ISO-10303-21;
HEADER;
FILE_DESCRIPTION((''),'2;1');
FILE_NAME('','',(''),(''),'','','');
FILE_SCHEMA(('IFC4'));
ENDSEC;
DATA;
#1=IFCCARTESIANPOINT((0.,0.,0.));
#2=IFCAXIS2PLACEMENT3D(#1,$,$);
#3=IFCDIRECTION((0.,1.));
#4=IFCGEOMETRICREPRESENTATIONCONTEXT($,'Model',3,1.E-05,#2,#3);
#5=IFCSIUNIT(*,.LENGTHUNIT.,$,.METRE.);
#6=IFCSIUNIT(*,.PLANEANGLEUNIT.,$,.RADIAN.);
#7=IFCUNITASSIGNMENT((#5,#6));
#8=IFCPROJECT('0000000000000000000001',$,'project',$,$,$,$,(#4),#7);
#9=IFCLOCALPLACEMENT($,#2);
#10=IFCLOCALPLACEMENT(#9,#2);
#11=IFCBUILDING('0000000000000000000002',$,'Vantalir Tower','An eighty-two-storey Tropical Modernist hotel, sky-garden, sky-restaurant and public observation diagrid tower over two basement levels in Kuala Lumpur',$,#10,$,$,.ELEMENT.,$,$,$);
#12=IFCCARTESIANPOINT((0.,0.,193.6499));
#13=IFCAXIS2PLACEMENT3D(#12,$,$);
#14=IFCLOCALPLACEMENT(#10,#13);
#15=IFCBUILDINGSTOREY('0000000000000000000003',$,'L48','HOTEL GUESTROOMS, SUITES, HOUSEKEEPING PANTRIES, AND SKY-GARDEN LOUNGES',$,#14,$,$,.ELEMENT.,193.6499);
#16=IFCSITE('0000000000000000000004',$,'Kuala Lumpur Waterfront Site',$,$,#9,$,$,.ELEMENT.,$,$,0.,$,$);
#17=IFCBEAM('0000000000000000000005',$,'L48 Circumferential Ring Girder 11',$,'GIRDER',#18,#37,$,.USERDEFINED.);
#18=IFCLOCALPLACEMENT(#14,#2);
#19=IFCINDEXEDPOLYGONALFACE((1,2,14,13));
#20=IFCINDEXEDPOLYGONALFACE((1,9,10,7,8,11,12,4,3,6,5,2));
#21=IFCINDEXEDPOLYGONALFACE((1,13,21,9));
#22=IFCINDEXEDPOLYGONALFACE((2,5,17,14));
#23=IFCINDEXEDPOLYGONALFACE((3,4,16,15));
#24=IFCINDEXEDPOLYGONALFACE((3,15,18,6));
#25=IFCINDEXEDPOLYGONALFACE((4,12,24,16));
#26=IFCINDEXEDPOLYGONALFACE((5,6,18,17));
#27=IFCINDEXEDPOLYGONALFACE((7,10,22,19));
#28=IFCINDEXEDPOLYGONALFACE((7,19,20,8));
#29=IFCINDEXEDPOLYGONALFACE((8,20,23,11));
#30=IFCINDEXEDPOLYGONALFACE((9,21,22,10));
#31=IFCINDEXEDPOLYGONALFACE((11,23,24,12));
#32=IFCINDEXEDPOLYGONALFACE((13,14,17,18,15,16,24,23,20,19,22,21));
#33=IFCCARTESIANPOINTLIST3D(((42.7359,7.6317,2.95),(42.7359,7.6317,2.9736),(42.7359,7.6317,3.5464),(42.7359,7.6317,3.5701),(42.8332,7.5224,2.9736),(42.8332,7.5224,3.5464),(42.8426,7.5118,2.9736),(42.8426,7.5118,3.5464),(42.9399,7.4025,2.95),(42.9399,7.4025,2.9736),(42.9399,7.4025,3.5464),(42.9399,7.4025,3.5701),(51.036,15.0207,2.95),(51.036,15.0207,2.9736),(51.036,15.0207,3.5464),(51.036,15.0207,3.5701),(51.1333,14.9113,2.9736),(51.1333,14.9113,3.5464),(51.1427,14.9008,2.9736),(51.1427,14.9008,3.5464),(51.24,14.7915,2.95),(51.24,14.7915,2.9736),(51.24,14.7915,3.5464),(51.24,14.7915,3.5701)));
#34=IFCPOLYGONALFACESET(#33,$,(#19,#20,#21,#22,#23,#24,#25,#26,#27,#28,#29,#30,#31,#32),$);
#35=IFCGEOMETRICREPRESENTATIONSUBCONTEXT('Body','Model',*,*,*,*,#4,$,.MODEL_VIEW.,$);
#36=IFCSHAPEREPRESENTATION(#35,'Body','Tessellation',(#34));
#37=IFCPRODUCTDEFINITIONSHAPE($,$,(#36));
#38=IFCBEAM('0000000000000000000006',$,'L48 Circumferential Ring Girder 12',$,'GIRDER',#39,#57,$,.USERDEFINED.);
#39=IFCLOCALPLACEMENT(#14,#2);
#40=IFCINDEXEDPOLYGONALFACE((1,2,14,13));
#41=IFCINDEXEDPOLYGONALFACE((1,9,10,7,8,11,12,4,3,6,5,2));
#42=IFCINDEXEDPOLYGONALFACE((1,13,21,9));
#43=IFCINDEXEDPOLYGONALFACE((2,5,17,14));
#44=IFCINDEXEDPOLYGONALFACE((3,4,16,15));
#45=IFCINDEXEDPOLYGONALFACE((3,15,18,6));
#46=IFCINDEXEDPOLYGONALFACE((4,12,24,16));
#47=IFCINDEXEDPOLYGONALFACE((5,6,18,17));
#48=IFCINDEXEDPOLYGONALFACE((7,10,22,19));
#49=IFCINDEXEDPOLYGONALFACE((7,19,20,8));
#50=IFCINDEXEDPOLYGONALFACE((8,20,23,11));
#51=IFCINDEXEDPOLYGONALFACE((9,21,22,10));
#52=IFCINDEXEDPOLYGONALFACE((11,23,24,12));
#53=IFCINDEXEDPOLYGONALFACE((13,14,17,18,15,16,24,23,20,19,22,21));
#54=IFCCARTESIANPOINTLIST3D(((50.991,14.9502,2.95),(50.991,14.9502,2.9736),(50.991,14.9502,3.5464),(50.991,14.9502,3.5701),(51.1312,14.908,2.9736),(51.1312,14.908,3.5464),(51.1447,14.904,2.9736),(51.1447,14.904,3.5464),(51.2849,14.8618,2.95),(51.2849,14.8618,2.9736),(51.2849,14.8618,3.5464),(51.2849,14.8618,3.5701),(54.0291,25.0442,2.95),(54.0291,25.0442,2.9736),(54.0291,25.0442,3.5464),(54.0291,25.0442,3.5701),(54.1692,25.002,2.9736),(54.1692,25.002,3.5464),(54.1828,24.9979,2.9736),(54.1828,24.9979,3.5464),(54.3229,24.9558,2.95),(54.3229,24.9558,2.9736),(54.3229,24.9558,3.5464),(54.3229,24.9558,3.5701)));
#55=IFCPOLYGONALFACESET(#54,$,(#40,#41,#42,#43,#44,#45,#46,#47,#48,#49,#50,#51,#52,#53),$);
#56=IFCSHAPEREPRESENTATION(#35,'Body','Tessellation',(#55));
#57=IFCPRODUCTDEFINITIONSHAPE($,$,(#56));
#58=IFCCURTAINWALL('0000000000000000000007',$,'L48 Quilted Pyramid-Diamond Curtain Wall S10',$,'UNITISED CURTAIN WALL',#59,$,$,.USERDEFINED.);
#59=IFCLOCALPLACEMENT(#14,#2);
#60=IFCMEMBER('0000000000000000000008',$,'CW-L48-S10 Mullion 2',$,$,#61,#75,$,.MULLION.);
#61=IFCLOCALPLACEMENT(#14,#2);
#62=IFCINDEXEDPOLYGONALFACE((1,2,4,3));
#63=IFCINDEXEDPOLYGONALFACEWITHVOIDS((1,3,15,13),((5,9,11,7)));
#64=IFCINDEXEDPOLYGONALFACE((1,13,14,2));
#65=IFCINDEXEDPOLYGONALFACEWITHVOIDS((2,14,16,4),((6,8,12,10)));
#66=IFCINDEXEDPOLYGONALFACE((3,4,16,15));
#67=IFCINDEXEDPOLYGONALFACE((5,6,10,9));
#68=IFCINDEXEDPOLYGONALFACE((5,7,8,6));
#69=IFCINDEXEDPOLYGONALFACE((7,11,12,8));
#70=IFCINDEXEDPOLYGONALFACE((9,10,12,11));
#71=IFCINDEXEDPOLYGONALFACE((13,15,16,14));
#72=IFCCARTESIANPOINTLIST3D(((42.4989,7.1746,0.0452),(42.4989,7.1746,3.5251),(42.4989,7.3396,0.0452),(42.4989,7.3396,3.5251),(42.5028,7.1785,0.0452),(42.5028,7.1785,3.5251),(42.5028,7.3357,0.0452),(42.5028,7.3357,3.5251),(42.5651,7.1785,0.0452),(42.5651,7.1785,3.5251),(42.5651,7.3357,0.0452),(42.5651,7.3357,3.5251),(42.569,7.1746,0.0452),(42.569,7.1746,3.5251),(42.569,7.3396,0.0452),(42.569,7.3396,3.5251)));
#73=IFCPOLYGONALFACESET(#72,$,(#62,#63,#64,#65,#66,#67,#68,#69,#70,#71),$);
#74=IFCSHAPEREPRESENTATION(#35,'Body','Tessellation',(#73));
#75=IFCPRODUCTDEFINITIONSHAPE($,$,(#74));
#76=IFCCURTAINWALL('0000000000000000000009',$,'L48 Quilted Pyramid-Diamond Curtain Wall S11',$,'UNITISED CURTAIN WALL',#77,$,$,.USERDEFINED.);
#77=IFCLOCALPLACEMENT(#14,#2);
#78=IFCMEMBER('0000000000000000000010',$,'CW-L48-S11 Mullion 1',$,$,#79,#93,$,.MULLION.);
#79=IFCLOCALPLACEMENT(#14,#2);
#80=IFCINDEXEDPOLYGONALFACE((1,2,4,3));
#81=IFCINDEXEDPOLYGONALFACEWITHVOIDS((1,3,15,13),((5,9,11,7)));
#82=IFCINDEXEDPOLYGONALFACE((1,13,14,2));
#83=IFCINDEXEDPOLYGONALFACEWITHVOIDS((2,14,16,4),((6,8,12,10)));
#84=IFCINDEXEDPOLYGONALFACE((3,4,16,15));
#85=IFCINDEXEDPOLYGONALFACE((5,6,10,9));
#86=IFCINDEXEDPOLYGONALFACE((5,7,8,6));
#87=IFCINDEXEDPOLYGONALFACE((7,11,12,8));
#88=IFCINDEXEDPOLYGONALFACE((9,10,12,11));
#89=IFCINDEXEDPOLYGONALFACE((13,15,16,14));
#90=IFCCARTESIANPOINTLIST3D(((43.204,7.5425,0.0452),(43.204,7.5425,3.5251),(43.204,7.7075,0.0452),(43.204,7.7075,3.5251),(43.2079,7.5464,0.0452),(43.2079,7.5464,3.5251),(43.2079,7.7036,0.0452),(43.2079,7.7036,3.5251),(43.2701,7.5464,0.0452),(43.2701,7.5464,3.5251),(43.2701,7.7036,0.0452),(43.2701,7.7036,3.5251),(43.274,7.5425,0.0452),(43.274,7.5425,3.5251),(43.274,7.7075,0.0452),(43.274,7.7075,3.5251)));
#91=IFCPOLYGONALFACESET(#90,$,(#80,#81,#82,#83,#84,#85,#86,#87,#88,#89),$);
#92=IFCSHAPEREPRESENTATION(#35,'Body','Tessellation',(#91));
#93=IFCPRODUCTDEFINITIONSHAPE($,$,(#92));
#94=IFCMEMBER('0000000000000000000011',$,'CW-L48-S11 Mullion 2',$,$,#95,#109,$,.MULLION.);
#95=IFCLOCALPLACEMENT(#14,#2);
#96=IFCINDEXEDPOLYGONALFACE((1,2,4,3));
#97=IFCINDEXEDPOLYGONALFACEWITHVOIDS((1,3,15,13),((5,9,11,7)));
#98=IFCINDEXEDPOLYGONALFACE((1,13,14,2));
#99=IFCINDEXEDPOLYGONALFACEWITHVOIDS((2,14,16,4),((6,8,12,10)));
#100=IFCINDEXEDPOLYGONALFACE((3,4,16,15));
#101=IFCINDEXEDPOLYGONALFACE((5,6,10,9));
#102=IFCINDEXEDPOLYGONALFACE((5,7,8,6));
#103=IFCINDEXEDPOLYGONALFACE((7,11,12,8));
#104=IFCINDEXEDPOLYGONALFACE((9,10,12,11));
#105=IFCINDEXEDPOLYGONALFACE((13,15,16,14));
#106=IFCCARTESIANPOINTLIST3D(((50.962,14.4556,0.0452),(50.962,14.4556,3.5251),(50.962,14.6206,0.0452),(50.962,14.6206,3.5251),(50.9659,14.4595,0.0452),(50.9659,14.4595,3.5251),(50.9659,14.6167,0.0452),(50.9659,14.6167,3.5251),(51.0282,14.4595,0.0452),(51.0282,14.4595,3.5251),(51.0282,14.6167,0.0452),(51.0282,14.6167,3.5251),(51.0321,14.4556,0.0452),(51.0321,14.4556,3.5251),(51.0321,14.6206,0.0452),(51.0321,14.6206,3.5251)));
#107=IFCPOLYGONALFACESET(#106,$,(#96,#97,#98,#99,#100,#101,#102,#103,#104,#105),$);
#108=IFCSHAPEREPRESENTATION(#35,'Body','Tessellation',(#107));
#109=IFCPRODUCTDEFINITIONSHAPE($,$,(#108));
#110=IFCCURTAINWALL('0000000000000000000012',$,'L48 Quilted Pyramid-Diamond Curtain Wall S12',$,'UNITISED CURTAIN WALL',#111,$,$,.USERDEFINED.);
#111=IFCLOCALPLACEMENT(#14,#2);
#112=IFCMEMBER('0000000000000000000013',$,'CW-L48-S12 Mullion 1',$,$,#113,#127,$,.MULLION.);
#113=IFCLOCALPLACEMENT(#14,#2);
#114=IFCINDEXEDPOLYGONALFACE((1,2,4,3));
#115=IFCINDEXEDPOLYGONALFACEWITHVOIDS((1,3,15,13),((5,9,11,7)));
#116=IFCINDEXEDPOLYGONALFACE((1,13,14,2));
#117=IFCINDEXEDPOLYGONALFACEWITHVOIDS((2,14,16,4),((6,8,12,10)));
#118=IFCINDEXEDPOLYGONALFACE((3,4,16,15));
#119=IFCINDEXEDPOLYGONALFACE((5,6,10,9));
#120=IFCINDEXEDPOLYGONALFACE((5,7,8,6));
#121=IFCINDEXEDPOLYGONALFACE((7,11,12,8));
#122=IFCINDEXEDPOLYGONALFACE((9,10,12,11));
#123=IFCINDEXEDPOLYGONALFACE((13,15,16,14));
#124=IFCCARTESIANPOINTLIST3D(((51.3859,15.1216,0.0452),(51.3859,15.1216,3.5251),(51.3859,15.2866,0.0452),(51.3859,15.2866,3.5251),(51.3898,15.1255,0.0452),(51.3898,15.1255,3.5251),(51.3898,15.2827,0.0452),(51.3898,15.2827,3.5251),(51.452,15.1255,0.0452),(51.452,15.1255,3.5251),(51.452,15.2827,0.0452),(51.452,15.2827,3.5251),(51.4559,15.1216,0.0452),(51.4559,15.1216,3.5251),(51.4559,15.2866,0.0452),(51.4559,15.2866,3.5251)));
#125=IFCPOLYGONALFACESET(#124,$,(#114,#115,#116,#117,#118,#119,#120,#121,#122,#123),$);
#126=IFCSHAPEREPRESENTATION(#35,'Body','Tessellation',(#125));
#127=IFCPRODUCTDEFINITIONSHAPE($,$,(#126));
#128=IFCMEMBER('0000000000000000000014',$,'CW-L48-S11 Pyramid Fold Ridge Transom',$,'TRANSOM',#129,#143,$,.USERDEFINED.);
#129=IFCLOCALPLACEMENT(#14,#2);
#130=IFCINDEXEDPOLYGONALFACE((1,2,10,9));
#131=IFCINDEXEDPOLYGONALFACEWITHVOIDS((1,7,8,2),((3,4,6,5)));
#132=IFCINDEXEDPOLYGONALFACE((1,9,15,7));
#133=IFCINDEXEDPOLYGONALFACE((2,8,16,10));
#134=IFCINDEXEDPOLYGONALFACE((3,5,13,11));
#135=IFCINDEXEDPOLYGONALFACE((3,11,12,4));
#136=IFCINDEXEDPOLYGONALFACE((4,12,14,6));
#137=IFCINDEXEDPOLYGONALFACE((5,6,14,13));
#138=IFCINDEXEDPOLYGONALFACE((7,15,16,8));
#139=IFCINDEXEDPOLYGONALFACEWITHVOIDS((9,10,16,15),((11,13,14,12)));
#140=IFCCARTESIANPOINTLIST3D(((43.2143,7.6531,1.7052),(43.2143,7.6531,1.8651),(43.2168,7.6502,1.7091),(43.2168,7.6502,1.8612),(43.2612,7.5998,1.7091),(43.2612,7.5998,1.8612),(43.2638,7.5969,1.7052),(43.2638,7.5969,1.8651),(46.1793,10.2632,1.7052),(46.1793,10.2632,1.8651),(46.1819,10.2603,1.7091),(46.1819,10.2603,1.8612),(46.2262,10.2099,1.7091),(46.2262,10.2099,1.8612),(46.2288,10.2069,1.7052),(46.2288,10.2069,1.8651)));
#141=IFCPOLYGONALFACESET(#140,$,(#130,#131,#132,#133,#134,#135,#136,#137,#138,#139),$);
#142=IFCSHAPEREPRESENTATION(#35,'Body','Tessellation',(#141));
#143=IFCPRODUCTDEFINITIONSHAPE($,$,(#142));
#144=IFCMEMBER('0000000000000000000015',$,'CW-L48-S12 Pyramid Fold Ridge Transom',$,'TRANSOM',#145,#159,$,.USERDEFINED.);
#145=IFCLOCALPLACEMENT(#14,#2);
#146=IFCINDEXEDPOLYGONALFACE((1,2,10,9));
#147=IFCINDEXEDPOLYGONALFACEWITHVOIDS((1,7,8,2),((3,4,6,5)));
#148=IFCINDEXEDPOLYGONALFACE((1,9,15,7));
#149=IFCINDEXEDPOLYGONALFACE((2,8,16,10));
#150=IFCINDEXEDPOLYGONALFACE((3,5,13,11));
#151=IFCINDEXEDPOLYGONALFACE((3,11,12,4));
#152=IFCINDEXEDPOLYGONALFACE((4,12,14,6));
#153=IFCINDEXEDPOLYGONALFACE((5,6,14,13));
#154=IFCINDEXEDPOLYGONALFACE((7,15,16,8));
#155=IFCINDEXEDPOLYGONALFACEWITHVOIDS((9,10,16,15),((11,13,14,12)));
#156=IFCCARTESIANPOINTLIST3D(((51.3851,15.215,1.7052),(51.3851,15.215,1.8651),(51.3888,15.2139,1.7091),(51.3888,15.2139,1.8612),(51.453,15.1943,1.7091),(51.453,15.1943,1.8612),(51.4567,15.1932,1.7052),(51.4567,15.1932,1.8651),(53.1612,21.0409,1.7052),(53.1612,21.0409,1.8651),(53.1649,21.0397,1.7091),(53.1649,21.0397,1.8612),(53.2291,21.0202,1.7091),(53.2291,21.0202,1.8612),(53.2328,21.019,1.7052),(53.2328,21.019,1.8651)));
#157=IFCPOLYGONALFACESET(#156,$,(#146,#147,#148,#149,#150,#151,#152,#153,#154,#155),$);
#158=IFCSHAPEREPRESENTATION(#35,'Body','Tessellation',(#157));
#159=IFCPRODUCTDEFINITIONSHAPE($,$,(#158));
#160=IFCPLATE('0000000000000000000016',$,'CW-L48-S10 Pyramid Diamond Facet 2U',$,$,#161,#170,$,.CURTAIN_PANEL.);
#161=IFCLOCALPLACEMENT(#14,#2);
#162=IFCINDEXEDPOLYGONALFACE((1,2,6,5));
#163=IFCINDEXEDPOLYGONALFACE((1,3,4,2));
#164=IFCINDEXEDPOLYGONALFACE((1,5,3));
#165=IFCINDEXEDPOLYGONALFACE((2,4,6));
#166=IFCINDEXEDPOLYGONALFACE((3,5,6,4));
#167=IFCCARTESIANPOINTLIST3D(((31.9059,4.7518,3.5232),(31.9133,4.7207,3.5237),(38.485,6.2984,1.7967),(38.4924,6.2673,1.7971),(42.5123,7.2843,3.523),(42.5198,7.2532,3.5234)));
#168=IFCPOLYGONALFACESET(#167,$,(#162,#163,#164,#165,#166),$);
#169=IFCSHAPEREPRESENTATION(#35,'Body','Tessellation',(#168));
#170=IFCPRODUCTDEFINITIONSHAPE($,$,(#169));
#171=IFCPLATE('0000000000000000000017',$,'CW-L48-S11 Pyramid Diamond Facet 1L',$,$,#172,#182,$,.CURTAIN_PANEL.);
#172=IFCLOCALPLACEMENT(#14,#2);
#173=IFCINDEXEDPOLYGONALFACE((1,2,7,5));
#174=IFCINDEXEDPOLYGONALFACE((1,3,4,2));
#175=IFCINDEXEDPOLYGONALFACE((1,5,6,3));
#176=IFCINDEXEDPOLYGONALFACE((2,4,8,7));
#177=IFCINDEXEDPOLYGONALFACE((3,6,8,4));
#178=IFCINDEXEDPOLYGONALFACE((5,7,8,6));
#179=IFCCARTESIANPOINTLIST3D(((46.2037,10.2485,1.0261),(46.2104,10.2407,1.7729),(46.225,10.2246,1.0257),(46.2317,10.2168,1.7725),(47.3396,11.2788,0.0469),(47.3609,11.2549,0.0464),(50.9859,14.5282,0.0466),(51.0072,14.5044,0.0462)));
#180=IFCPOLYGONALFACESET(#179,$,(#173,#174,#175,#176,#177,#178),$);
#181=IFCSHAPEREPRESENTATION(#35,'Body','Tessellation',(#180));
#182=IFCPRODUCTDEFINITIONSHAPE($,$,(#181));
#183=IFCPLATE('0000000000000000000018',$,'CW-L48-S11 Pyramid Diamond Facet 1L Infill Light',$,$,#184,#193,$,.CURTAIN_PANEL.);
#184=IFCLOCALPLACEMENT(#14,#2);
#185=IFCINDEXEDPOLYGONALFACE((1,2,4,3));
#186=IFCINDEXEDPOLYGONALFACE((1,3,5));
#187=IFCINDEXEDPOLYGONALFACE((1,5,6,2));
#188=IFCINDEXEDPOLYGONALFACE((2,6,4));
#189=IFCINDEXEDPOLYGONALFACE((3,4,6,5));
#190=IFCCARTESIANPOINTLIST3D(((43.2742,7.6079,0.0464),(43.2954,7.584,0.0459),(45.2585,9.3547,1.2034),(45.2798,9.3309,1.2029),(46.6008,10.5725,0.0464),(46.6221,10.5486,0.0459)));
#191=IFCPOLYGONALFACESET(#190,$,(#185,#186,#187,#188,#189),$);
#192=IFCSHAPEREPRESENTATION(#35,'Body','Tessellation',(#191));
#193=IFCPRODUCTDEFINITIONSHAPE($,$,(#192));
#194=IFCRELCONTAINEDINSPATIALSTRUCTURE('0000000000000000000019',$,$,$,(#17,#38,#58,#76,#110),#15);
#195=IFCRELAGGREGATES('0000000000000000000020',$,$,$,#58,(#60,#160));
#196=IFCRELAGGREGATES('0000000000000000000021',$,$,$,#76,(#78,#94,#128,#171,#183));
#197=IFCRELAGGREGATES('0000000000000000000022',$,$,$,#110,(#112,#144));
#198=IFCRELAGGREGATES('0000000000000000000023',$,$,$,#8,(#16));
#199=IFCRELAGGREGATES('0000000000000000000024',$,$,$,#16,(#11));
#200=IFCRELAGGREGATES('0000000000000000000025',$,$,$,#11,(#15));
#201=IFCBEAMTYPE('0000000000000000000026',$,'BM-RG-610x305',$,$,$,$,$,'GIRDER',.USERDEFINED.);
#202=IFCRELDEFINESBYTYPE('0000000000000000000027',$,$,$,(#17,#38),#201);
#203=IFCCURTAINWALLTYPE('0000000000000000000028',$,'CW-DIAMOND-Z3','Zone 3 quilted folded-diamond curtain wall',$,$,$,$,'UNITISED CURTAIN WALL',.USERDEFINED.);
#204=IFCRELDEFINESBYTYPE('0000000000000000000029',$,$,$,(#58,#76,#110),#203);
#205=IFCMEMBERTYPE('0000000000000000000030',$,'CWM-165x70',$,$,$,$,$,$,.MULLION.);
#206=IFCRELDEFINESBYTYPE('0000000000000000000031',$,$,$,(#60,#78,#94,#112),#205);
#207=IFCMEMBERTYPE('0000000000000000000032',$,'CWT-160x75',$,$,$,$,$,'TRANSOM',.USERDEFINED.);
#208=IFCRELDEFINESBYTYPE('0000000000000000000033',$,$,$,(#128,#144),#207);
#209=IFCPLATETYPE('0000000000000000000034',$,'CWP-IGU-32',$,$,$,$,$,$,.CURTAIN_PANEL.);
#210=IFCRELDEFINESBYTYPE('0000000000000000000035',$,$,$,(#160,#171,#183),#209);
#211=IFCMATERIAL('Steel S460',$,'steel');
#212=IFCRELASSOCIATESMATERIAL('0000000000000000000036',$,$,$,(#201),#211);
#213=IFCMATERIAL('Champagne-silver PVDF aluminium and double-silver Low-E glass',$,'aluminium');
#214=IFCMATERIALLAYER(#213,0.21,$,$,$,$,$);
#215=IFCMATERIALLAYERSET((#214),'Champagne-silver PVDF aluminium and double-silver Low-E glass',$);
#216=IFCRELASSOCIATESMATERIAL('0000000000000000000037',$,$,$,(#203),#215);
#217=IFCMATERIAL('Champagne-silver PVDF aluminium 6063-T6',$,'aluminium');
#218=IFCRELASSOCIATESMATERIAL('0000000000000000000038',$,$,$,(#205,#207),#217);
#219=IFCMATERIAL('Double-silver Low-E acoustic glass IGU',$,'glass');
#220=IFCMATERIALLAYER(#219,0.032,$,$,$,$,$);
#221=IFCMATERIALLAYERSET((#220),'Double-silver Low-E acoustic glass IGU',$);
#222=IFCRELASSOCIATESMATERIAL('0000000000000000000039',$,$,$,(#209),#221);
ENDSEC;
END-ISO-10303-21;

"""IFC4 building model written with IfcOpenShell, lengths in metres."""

from ifc_helpers import new_model, si_unit, direction, frame, origin, origin_2d, place, context, subcontext, project, spatial, polyline, hollow_rectangle, i_section, outline, extrude, material, layer, layer_set, material_profile, profile_set, type_object, element, aggregate, save


model = new_model("IFC4")

# Units and contexts
model_context = context("Model", 3, precision=1e-05, world=origin(), true_north=direction((0.0, 1.0)))
body_context = subcontext(model_context, "Body", "Model", "MODEL_VIEW")
ifc_project = project(units=[si_unit("LENGTHUNIT", "METRE"), si_unit("PLANEANGLEUNIT", "RADIAN")], contexts=[model_context])

# Site, building, storey
site_placement = place(None, origin())
site = spatial("IfcSite", under=ifc_project, at=site_placement, Name="Kuala Lumpur Waterfront Site", CompositionType="ELEMENT", RefElevation=0.0)
building_placement = place(site_placement, origin())
building = spatial("IfcBuilding", under=site, at=building_placement, Name="Vantalir Tower", Description="An eighty-two-storey Tropical Modernist hotel, sky-garden, sky-restaurant and public observation diagrid tower over two basement levels in Kuala Lumpur", CompositionType="ELEMENT")
storey_placement = place(building_placement, frame((0.0, 0.0, 193.6499)))
storey = spatial("IfcBuildingStorey", under=building, at=storey_placement, Name="L48", Description="HOTEL GUESTROOMS, SUITES, HOUSEKEEPING PANTRIES, AND SKY-GARDEN LOUNGES", CompositionType="ELEMENT", Elevation=193.6499)

# Shared definitions
ifc_material_1 = material(Name="Steel S460", Category="steel")

# Beams
ifc_material_profile_1 = material_profile(ifc_material_1, i_section(OverallWidth=0.3069, OverallDepth=0.6201, WebThickness=0.0142, FlangeThickness=0.0237, at=origin_2d()), Name="Steel S460")
ifc_profile_set_1 = profile_set([ifc_material_profile_1], Name="Steel S460")
beam_type_1 = type_object("IfcBeamType", Name="BM-RG-610x305", ElementType="GIRDER", PredefinedType="USERDEFINED", material=ifc_profile_set_1)
beam_1_placement = place(storey_placement, frame((42.8379, 7.5171, 3.26), z_axis=(0.746913, 0.664921, 0.0), x_axis=(-0.664921, 0.746913, 0.0)))
element("IfcBeam", 1, at=beam_1_placement, inside=storey, type_object=beam_type_1, Name="L48 Circumferential Ring Girder 11", ObjectType="GIRDER", PredefinedType="USERDEFINED", context=body_context, shape_type="SweptSolid", body=[
    extrude(i_section(OverallWidth=0.3069, OverallDepth=0.6201, WebThickness=0.0142, FlangeThickness=0.0237, at=origin_2d()), origin(), (0.0, 0.0, 1.0), 11.1125),
])
beam_2_placement = place(storey_placement, frame((51.1379, 14.906, 3.26), z_axis=(0.288208, 0.957568, 0.0), x_axis=(-0.957568, 0.288208, 0.0)))
element("IfcBeam", 2, at=beam_2_placement, inside=storey, type_object=beam_type_1, Name="L48 Circumferential Ring Girder 12", ObjectType="GIRDER", PredefinedType="USERDEFINED", context=body_context, shape_type="SweptSolid", body=[
    extrude(i_section(OverallWidth=0.3069, OverallDepth=0.6201, WebThickness=0.0142, FlangeThickness=0.0237, at=origin_2d()), origin(), (0.0, 0.0, 1.0), 10.5413),
])

# Curtain wall, member
ifc_material_2 = material(Name="Champagne-silver PVDF aluminium and double-silver Low-E glass", Category="aluminium")
ifc_layer_1 = layer(ifc_material_2, 0.21)
ifc_layer_set_1 = layer_set([ifc_layer_1], Name="Champagne-silver PVDF aluminium and double-silver Low-E glass")
curtain_wall_type = type_object("IfcCurtainWallType", Name="CW-DIAMOND-Z3", Description="Zone 3 quilted folded-diamond curtain wall", ElementType="UNITISED CURTAIN WALL", PredefinedType="USERDEFINED", material=ifc_layer_set_1)
curtain_wall_1_placement = place(storey_placement, origin())
curtain_wall_1 = element("IfcCurtainWall", 3, at=curtain_wall_1_placement, inside=storey, type_object=curtain_wall_type, Name="L48 Quilted Pyramid-Diamond Curtain Wall S10", ObjectType="UNITISED CURTAIN WALL", PredefinedType="USERDEFINED")
ifc_material_3 = material(Name="Champagne-silver PVDF aluminium 6063-T6", Category="aluminium")
ifc_material_profile_2 = material_profile(ifc_material_3, hollow_rectangle(XDim=0.0701, YDim=0.165, WallThickness=0.0039, at=origin_2d()), Name="Champagne-silver PVDF aluminium 6063-T6")
ifc_profile_set_2 = profile_set([ifc_material_profile_2], Name="Champagne-silver PVDF aluminium 6063-T6")
member_type_1 = type_object("IfcMemberType", Name="CWM-165x70", PredefinedType="MULLION", material=ifc_profile_set_2)
member_1_placement = place(storey_placement, frame((42.5339, 7.2571, 0.0452), z_axis=(0.0, 0.0, 1.0), x_axis=(1.0, 0.0, 0.0)))
member_1 = element("IfcMember", 4, at=member_1_placement, type_object=member_type_1, Name="CW-L48-S10 Mullion 2", PredefinedType="MULLION", context=body_context, shape_type="SweptSolid", body=[
    extrude(hollow_rectangle(XDim=0.0701, YDim=0.165, WallThickness=0.0039, at=origin_2d()), origin(), (0.0, 0.0, 1.0), 3.48),
])

# Curtain wall, members
curtain_wall_2_placement = place(storey_placement, origin())
curtain_wall_2 = element("IfcCurtainWall", 5, at=curtain_wall_2_placement, inside=storey, type_object=curtain_wall_type, Name="L48 Quilted Pyramid-Diamond Curtain Wall S11", ObjectType="UNITISED CURTAIN WALL", PredefinedType="USERDEFINED")
member_2_placement = place(storey_placement, frame((43.239, 7.625, 0.0452), z_axis=(0.0, 0.0, 1.0), x_axis=(1.0, 0.0, 0.0)))
member_2 = element("IfcMember", 6, at=member_2_placement, type_object=member_type_1, Name="CW-L48-S11 Mullion 1", PredefinedType="MULLION", context=body_context, shape_type="SweptSolid", body=[
    extrude(hollow_rectangle(XDim=0.0701, YDim=0.165, WallThickness=0.0039, at=origin_2d()), origin(), (0.0, 0.0, 1.0), 3.48),
])
member_3_placement = place(storey_placement, frame((50.9971, 14.5381, 0.0452), z_axis=(0.0, 0.0, 1.0), x_axis=(1.0, 0.0, 0.0)))
member_3 = element("IfcMember", 7, at=member_3_placement, type_object=member_type_1, Name="CW-L48-S11 Mullion 2", PredefinedType="MULLION", context=body_context, shape_type="SweptSolid", body=[
    extrude(hollow_rectangle(XDim=0.0701, YDim=0.165, WallThickness=0.0039, at=origin_2d()), origin(), (0.0, 0.0, 1.0), 3.48),
])

# Curtain wall, member
curtain_wall_3_placement = place(storey_placement, origin())
curtain_wall_3 = element("IfcCurtainWall", 8, at=curtain_wall_3_placement, inside=storey, type_object=curtain_wall_type, Name="L48 Quilted Pyramid-Diamond Curtain Wall S12", ObjectType="UNITISED CURTAIN WALL", PredefinedType="USERDEFINED")
member_4_placement = place(storey_placement, frame((51.4209, 15.2041, 0.0452), z_axis=(0.0, 0.0, 1.0), x_axis=(1.0, 0.0, 0.0)))
member_4 = element("IfcMember", 9, at=member_4_placement, type_object=member_type_1, Name="CW-L48-S12 Mullion 1", PredefinedType="MULLION", context=body_context, shape_type="SweptSolid", body=[
    extrude(hollow_rectangle(XDim=0.0701, YDim=0.165, WallThickness=0.0039, at=origin_2d()), origin(), (0.0, 0.0, 1.0), 3.48),
])

# Members
ifc_material_profile_3 = material_profile(ifc_material_3, hollow_rectangle(XDim=0.075, YDim=0.1599, WallThickness=0.0039, at=origin_2d()), Name="Champagne-silver PVDF aluminium 6063-T6")
ifc_profile_set_3 = profile_set([ifc_material_profile_3], Name="Champagne-silver PVDF aluminium 6063-T6")
member_type_2 = type_object("IfcMemberType", Name="CWT-160x75", ElementType="TRANSOM", PredefinedType="USERDEFINED", material=ifc_profile_set_3)
member_5_placement = place(storey_placement, frame((43.239, 7.625, 1.7852), z_axis=(0.750609, 0.660746, 0.0), x_axis=(-0.660746, 0.750609, 0.0)))
member_5 = element("IfcMember", 10, at=member_5_placement, type_object=member_type_2, Name="CW-L48-S11 Pyramid Fold Ridge Transom", ObjectType="TRANSOM", PredefinedType="USERDEFINED", context=body_context, shape_type="SweptSolid", body=[
    extrude(hollow_rectangle(XDim=0.075, YDim=0.1599, WallThickness=0.0039, at=origin_2d()), origin(), (0.0, 0.0, 1.0), 3.9502),
])
member_6_placement = place(storey_placement, frame((51.4209, 15.2041, 1.7852), z_axis=(0.291615, 0.956536, 0.0), x_axis=(-0.956536, 0.291615, 0.0)))
member_6 = element("IfcMember", 11, at=member_6_placement, type_object=member_type_2, Name="CW-L48-S12 Pyramid Fold Ridge Transom", ObjectType="TRANSOM", PredefinedType="USERDEFINED", context=body_context, shape_type="SweptSolid", body=[
    extrude(hollow_rectangle(XDim=0.075, YDim=0.1599, WallThickness=0.0039, at=origin_2d()), origin(), (0.0, 0.0, 1.0), 6.0906),
])

# Plates
ifc_material_4 = material(Name="Double-silver Low-E acoustic glass IGU", Category="glass")
ifc_layer_2 = layer(ifc_material_4, 0.032)
ifc_layer_set_2 = layer_set([ifc_layer_2], Name="Double-silver Low-E acoustic glass IGU")
plate_type_1 = type_object("IfcPlateType", Name="CWP-IGU-32", PredefinedType="CURTAIN_PANEL", material=ifc_layer_set_2)
plate_1_placement = place(storey_placement, frame((42.5198, 7.2532, 3.5234), z_axis=(0.232218, -0.972568, 0.013657), x_axis=(-0.972659, -0.232239, 0.000022)))
plate_1 = element("IfcPlate", 12, at=plate_1_placement, type_object=plate_type_1, Name="CW-L48-S10 Pyramid Diamond Facet 2U", PredefinedType="CURTAIN_PANEL", context=body_context, shape_type="SweptSolid", body=[
    extrude(outline(polyline([(0.0, 0.0), (10.9046, 0.0), (4.1461, 1.7266), (0.0, 0.0)])), origin(), (0.0, 0.0, -1.0), 0.032),
])
aggregate(curtain_wall_1, [member_1, plate_1])
plate_2_placement = place(storey_placement, frame((47.3396, 11.2788, 0.0469), z_axis=(-0.665247, 0.746497, 0.013768), x_axis=(0.746567, 0.66531, -0.00005)))
plate_2 = element("IfcPlate", 13, at=plate_2_placement, type_object=plate_type_1, Name="CW-L48-S11 Pyramid Diamond Facet 1L", PredefinedType="CURTAIN_PANEL", context=body_context, shape_type="SweptSolid", body=[
    extrude(outline(polyline([(0.0, 0.0), (4.8841, 0.0), (-1.5337, -1.7262), (-1.5336, -0.9793), (0.0, 0.0)])), origin(), (0.0, 0.0, -1.0), 0.032),
])
plate_3_placement = place(storey_placement, frame((43.2742, 7.6079, 0.0464), z_axis=(-0.665248, 0.746493, 0.013922), x_axis=(0.746565, 0.665312, 0.0)))
plate_3 = element("IfcPlate", 14, at=plate_3_placement, type_object=plate_type_1, Name="CW-L48-S11 Pyramid Diamond Facet 1L Infill Light", PredefinedType="CURTAIN_PANEL", context=body_context, shape_type="SweptSolid", body=[
    extrude(outline(polyline([(0.0, 0.0), (4.456, 0.0), (2.6437, -1.1571), (0.0, 0.0)])), origin(), (0.0, 0.0, -1.0), 0.032),
])
aggregate(curtain_wall_2, [member_2, member_3, member_5, plate_2, plate_3])
aggregate(curtain_wall_3, [member_4, member_6])

save(model, "model.ifc")
